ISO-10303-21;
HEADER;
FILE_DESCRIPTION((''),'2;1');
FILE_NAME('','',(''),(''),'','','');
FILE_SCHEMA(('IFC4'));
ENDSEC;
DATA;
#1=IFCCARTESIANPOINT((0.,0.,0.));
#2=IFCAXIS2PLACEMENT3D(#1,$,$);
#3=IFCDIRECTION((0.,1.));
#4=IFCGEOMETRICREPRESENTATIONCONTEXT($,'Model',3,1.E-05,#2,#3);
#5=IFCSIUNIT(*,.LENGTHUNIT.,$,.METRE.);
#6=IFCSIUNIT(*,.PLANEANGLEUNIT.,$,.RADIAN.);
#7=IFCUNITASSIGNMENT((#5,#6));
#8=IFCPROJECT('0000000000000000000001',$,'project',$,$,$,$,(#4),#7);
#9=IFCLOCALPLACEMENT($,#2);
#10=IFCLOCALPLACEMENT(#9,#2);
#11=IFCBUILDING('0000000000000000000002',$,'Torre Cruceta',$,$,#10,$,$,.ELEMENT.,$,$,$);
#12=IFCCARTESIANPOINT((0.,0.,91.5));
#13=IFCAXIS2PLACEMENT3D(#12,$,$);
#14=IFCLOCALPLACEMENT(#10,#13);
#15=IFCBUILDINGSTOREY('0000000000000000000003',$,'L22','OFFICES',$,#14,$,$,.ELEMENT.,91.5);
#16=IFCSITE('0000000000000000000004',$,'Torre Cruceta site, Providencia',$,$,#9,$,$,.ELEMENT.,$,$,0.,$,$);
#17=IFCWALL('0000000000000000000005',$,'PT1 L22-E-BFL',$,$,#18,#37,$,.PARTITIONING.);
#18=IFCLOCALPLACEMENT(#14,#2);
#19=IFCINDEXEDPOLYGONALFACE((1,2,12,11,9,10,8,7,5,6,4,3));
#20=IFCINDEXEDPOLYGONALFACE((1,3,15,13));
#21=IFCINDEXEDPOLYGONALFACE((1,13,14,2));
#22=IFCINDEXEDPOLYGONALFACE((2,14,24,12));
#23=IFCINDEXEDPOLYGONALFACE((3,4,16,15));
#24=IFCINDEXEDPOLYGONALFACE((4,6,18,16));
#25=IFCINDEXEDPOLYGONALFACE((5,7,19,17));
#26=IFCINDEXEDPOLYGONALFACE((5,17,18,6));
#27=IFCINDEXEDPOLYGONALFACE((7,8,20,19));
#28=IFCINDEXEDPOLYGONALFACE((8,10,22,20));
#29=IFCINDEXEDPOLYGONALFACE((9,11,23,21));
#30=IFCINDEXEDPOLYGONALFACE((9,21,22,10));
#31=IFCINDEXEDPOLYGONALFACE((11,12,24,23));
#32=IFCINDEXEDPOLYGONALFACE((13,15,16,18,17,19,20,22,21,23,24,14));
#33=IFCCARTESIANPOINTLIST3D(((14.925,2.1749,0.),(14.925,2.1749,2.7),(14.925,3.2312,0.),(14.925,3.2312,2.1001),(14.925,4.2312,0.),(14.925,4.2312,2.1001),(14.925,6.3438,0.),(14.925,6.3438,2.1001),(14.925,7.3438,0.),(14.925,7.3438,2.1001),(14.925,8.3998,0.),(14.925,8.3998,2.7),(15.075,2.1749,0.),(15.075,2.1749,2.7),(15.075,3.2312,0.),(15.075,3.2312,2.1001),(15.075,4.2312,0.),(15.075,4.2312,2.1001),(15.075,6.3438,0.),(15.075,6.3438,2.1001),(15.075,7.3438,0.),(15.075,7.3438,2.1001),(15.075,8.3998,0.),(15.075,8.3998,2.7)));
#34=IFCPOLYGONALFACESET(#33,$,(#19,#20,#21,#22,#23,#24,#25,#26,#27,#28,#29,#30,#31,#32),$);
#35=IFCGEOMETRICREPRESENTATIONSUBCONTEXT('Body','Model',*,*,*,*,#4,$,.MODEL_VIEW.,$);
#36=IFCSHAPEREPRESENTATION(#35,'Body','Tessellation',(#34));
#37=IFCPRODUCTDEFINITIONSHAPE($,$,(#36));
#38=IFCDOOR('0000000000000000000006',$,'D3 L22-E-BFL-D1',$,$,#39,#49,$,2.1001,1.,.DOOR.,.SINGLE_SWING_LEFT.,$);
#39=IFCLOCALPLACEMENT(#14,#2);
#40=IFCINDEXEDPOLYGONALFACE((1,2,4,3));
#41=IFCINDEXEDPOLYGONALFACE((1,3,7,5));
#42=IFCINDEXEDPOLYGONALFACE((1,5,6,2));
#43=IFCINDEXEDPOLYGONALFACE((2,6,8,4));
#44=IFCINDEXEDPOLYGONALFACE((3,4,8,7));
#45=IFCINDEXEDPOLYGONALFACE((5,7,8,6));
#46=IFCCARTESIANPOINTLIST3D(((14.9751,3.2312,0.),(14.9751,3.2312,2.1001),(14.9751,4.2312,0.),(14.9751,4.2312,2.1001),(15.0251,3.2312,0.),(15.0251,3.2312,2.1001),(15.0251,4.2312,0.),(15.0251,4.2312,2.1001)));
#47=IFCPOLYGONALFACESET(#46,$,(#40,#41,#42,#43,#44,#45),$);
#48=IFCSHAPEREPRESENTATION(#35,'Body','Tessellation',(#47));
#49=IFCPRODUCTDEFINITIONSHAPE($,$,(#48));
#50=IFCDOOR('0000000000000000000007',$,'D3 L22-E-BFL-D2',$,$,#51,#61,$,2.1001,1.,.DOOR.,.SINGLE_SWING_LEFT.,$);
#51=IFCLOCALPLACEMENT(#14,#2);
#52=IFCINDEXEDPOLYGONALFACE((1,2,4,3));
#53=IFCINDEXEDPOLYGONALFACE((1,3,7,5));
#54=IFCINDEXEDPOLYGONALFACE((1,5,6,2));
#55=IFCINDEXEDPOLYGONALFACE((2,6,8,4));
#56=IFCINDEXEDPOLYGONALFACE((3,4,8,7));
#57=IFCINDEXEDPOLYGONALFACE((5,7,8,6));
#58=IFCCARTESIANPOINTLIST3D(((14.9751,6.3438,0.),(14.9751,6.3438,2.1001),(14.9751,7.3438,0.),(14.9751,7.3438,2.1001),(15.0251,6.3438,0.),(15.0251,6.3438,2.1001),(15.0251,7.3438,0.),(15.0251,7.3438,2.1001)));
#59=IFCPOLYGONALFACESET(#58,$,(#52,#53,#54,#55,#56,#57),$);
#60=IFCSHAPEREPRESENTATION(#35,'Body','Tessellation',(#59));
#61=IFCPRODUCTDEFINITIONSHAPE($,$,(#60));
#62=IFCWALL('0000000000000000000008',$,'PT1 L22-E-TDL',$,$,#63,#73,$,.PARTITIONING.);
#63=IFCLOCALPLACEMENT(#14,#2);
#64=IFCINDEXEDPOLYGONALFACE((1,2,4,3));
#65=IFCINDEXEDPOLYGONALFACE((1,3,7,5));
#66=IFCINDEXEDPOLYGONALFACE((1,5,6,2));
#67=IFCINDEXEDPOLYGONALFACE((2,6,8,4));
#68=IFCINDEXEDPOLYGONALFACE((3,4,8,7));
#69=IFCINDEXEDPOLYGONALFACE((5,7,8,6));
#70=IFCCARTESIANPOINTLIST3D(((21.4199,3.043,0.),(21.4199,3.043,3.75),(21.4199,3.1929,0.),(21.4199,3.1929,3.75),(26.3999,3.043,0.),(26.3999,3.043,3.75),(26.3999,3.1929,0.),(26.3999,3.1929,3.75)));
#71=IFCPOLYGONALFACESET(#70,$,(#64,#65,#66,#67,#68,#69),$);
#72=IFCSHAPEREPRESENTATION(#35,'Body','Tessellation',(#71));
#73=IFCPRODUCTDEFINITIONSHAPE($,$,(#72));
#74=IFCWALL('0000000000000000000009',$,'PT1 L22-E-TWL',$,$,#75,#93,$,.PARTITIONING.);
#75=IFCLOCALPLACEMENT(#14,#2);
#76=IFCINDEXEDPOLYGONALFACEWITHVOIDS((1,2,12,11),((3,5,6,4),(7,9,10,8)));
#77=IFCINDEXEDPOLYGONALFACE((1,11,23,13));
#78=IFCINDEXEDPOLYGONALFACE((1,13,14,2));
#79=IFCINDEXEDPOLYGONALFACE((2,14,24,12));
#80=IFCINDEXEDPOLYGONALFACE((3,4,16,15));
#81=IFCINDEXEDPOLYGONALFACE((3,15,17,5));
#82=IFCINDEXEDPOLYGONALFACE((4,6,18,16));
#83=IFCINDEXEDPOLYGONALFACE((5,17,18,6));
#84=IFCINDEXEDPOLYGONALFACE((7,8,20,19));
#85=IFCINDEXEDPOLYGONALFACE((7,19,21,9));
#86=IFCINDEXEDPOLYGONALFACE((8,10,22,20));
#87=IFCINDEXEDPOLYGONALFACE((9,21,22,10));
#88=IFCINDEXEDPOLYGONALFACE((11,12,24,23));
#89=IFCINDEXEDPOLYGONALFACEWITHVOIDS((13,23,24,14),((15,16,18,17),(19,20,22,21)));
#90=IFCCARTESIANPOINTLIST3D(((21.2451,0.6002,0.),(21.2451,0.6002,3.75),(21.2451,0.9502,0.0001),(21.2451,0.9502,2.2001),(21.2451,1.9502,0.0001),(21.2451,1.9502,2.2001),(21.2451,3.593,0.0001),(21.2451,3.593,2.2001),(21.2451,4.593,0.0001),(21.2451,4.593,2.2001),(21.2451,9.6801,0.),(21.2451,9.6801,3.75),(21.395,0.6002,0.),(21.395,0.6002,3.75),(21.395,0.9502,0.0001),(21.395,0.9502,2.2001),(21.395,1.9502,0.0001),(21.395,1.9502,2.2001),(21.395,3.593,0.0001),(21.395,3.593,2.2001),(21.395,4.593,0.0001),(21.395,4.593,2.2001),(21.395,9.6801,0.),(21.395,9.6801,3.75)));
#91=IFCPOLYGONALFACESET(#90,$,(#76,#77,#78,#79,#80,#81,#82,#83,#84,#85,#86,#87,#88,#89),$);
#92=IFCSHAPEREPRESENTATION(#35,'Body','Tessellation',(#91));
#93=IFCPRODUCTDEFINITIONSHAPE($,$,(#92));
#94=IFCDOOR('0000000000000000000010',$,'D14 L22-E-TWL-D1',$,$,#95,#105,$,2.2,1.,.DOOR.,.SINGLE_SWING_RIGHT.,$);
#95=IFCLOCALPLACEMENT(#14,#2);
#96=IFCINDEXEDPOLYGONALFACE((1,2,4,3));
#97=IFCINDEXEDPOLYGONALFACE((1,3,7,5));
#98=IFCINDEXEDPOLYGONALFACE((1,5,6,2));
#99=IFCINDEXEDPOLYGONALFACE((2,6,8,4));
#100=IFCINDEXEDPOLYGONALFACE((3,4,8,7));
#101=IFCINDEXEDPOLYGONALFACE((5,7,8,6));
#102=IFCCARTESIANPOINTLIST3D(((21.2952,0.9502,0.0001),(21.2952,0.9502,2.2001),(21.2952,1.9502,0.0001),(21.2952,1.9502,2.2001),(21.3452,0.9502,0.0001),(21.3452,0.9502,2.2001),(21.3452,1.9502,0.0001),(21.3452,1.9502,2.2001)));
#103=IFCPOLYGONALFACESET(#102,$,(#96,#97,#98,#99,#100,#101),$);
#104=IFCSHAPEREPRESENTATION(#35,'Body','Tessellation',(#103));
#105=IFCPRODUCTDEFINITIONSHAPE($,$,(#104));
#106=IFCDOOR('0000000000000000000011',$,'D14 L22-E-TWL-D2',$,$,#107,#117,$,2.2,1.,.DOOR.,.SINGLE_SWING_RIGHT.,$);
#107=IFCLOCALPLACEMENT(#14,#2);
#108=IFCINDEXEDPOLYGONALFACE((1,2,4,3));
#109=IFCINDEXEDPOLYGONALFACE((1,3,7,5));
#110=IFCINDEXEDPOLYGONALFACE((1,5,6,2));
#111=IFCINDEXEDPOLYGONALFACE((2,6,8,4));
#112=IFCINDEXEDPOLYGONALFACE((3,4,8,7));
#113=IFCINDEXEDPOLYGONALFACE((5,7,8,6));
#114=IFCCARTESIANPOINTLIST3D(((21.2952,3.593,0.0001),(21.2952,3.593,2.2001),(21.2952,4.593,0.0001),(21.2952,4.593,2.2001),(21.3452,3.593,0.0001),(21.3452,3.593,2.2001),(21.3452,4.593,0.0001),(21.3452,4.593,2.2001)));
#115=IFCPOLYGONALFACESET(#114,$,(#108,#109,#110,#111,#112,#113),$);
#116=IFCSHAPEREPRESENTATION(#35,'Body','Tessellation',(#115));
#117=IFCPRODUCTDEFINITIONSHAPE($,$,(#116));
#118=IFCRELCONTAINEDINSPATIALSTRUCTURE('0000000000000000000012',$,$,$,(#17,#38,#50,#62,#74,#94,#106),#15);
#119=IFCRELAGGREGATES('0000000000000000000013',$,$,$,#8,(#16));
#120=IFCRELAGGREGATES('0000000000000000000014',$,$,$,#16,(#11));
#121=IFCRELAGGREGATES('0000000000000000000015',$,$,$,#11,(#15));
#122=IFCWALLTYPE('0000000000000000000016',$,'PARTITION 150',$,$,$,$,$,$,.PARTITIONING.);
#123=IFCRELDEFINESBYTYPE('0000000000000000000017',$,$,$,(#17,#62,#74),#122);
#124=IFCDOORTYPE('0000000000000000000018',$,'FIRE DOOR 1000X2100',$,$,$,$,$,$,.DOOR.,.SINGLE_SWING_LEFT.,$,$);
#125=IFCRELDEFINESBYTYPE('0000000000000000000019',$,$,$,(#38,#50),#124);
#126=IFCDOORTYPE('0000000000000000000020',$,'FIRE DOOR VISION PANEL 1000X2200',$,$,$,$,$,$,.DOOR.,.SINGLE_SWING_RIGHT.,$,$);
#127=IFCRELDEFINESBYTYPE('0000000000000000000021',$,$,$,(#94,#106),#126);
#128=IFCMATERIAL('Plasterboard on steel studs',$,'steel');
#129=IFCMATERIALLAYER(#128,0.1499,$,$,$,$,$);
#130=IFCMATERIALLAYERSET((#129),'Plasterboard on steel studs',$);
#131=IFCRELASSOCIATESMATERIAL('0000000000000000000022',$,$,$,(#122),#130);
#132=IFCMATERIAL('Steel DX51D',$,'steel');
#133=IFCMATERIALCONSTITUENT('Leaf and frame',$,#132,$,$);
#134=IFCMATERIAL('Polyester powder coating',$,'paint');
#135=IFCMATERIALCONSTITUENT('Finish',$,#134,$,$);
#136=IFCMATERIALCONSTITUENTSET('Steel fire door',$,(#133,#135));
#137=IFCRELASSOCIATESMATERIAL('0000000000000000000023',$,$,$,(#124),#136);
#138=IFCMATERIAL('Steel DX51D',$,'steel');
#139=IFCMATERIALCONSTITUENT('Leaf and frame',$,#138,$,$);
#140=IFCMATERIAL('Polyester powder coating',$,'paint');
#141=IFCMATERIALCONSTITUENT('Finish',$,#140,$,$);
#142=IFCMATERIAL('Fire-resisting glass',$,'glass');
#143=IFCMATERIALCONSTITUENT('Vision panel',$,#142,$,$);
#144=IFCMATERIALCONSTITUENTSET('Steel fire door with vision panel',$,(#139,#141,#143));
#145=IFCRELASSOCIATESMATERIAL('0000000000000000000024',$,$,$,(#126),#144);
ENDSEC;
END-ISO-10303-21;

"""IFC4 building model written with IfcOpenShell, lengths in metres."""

from ifc_helpers import new_model, si_unit, direction, frame, frame_2d, origin, place, context, subcontext, project, spatial, rectangle, extrude, material, layer, layer_set, constituent, constituent_set, type_object, element, fill, save


model = new_model("IFC4")

# Units and contexts
model_context = context("Model", 3, precision=1e-05, world=origin(), true_north=direction((0.0, 1.0)))
body_context = subcontext(model_context, "Body", "Model", "MODEL_VIEW")
ifc_project = project(units=[si_unit("LENGTHUNIT", "METRE"), si_unit("PLANEANGLEUNIT", "RADIAN")], contexts=[model_context])

# Site, building, storey
site_placement = place(None, origin())
site = spatial("IfcSite", under=ifc_project, at=site_placement, Name="Torre Cruceta site, Providencia", CompositionType="ELEMENT", RefElevation=0.0)
building_placement = place(site_placement, origin())
building = spatial("IfcBuilding", under=site, at=building_placement, Name="Torre Cruceta", CompositionType="ELEMENT")
storey_placement = place(building_placement, frame((0.0, 0.0, 91.5)))
storey = spatial("IfcBuildingStorey", under=building, at=storey_placement, Name="L22", Description="OFFICES", CompositionType="ELEMENT", Elevation=91.5)

# Wall, openings, doors
ifc_material_1 = material(Name="Plasterboard on steel studs", Category="steel")
ifc_layer_1 = layer(ifc_material_1, 0.1499)
ifc_layer_set_1 = layer_set([ifc_layer_1], Name="Plasterboard on steel studs")
wall_type_1 = type_object("IfcWallType", Name="PARTITION 150", PredefinedType="PARTITIONING", material=ifc_layer_set_1)
wall_1_placement = place(storey_placement, frame((15.0, 2.175, 0.0), z_axis=(0.0, 0.0, 1.0), x_axis=(0.0, 1.0, 0.0)))
wall_1 = element("IfcWall", 1, at=wall_1_placement, inside=storey, type_object=wall_type_1, Name="PT1 L22-E-BFL", PredefinedType="PARTITIONING", context=body_context, shape_type="SweptSolid", body=[
    extrude(rectangle(XDim=6.2249, YDim=0.1499, at=frame_2d((3.1123, 0.0))), origin(), (0.0, 0.0, 1.0), 2.7),
])
opening_1_placement = place(wall_1_placement, frame((1.0562, 0.0, 0.0)))
opening_1 = element("IfcOpeningElement", 2, at=opening_1_placement, cuts=wall_1, PredefinedType="OPENING", context=body_context, shape_type="SweptSolid", body=[
    extrude(rectangle(XDim=1.0, YDim=2.1001, at=frame_2d((0.5, 1.05))), frame((0.0, 0.085, 0.0), z_axis=(0.0, -1.0, 0.0), x_axis=(1.0, 0.0, 0.0)), (0.0, 0.0, 1.0), 0.1699),
])
opening_2_placement = place(wall_1_placement, frame((4.1687, 0.0, 0.0)))
opening_2 = element("IfcOpeningElement", 3, at=opening_2_placement, cuts=wall_1, PredefinedType="OPENING", context=body_context, shape_type="SweptSolid", body=[
    extrude(rectangle(XDim=1.0, YDim=2.1001, at=frame_2d((0.5, 1.05))), frame((0.0, 0.085, 0.0), z_axis=(0.0, -1.0, 0.0), x_axis=(1.0, 0.0, 0.0)), (0.0, 0.0, 1.0), 0.1699),
])
ifc_material_2 = material(Name="Steel DX51D", Category="steel")
ifc_constituent_1 = constituent(ifc_material_2, Name="Leaf and frame")
ifc_material_3 = material(Name="Polyester powder coating", Category="paint")
ifc_constituent_2 = constituent(ifc_material_3, Name="Finish")
ifc_constituent_set_1 = constituent_set(constituents=[ifc_constituent_1, ifc_constituent_2], Name="Steel fire door")
door_type_1 = type_object("IfcDoorType", Name="FIRE DOOR 1000X2100", OperationType="SINGLE_SWING_LEFT", PredefinedType="DOOR", material=ifc_constituent_set_1)
door_1_placement = place(opening_1_placement, origin())
door_1 = element("IfcDoor", 4, at=door_1_placement, inside=storey, type_object=door_type_1, Name="D3 L22-E-BFL-D1", OperationType="SINGLE_SWING_LEFT", OverallHeight=2.1001, OverallWidth=1.0, PredefinedType="DOOR", context=body_context, shape_type="SweptSolid", body=[
    extrude(rectangle(XDim=1.0, YDim=2.1001, at=frame_2d((0.5, 1.05))), frame((0.0, 0.0249, 0.0), z_axis=(0.0, -1.0, 0.0), x_axis=(1.0, 0.0, 0.0)), (0.0, 0.0, 1.0), 0.05),
])
fill(opening_1, door_1)
door_2_placement = place(opening_2_placement, origin())
door_2 = element("IfcDoor", 5, at=door_2_placement, inside=storey, type_object=door_type_1, Name="D3 L22-E-BFL-D2", OperationType="SINGLE_SWING_LEFT", OverallHeight=2.1001, OverallWidth=1.0, PredefinedType="DOOR", context=body_context, shape_type="SweptSolid", body=[
    extrude(rectangle(XDim=1.0, YDim=2.1001, at=frame_2d((0.5, 1.05))), frame((0.0, 0.0249, 0.0), z_axis=(0.0, -1.0, 0.0), x_axis=(1.0, 0.0, 0.0)), (0.0, 0.0, 1.0), 0.05),
])
fill(opening_2, door_2)

# Wall
wall_2_placement = place(storey_placement, frame((21.4199, 3.1179, 0.0), z_axis=(0.0, 0.0, 1.0), x_axis=(1.0, 0.0, 0.0)))
element("IfcWall", 6, at=wall_2_placement, inside=storey, type_object=wall_type_1, Name="PT1 L22-E-TDL", PredefinedType="PARTITIONING", context=body_context, shape_type="SweptSolid", body=[
    extrude(rectangle(XDim=4.98, YDim=0.1499, at=frame_2d((2.49, 0.0))), origin(), (0.0, 0.0, 1.0), 3.75),
])

# Wall, openings, doors
wall_3_placement = place(storey_placement, frame((21.3201, 0.6001, 0.0), z_axis=(0.0, 0.0, 1.0), x_axis=(0.0, 1.0, 0.0)))
wall_3 = element("IfcWall", 7, at=wall_3_placement, inside=storey, type_object=wall_type_1, Name="PT1 L22-E-TWL", PredefinedType="PARTITIONING", context=body_context, shape_type="SweptSolid", body=[
    extrude(rectangle(XDim=9.0798, YDim=0.1499, at=frame_2d((4.54, 0.0))), origin(), (0.0, 0.0, 1.0), 3.75),
])
opening_3_placement = place(wall_3_placement, frame((0.3501, 0.0, 0.0)))
opening_3 = element("IfcOpeningElement", 8, at=opening_3_placement, cuts=wall_3, PredefinedType="OPENING", context=body_context, shape_type="SweptSolid", body=[
    extrude(rectangle(XDim=1.0, YDim=2.2, at=frame_2d((0.5, 1.1001))), frame((0.0, 0.085, 0.0), z_axis=(0.0, -1.0, 0.0), x_axis=(1.0, 0.0, 0.0)), (0.0, 0.0, 1.0), 0.1699),
])
opening_4_placement = place(wall_3_placement, frame((2.9929, 0.0, 0.0)))
opening_4 = element("IfcOpeningElement", 9, at=opening_4_placement, cuts=wall_3, PredefinedType="OPENING", context=body_context, shape_type="SweptSolid", body=[
    extrude(rectangle(XDim=1.0, YDim=2.2, at=frame_2d((0.5, 1.1001))), frame((0.0, 0.085, 0.0), z_axis=(0.0, -1.0, 0.0), x_axis=(1.0, 0.0, 0.0)), (0.0, 0.0, 1.0), 0.1699),
])
ifc_material_4 = material(Name="Steel DX51D", Category="steel")
ifc_constituent_3 = constituent(ifc_material_4, Name="Leaf and frame")
ifc_material_5 = material(Name="Polyester powder coating", Category="paint")
ifc_constituent_4 = constituent(ifc_material_5, Name="Finish")
ifc_material_6 = material(Name="Fire-resisting glass", Category="glass")
ifc_constituent_5 = constituent(ifc_material_6, Name="Vision panel")
ifc_constituent_set_2 = constituent_set(constituents=[ifc_constituent_3, ifc_constituent_4, ifc_constituent_5], Name="Steel fire door with vision panel")
door_type_2 = type_object("IfcDoorType", Name="FIRE DOOR VISION PANEL 1000X2200", OperationType="SINGLE_SWING_RIGHT", PredefinedType="DOOR", material=ifc_constituent_set_2)
door_3_placement = place(opening_3_placement, frame((1.0, 0.0, 0.0), z_axis=(0.0, 0.0, 1.0), x_axis=(-1.0, 0.0, 0.0)))
door_3 = element("IfcDoor", 10, at=door_3_placement, inside=storey, type_object=door_type_2, Name="D14 L22-E-TWL-D1", OperationType="SINGLE_SWING_RIGHT", OverallHeight=2.2, OverallWidth=1.0, PredefinedType="DOOR", context=body_context, shape_type="SweptSolid", body=[
    extrude(rectangle(XDim=1.0, YDim=2.2, at=frame_2d((0.5, 1.1001))), frame((0.0, 0.0251, 0.0), z_axis=(0.0, -1.0, 0.0), x_axis=(1.0, 0.0, 0.0)), (0.0, 0.0, 1.0), 0.05),
])
fill(opening_3, door_3)
door_4_placement = place(opening_4_placement, frame((1.0, 0.0, 0.0), z_axis=(0.0, 0.0, 1.0), x_axis=(-1.0, 0.0, 0.0)))
door_4 = element("IfcDoor", 11, at=door_4_placement, inside=storey, type_object=door_type_2, Name="D14 L22-E-TWL-D2", OperationType="SINGLE_SWING_RIGHT", OverallHeight=2.2, OverallWidth=1.0, PredefinedType="DOOR", context=body_context, shape_type="SweptSolid", body=[
    extrude(rectangle(XDim=1.0, YDim=2.2, at=frame_2d((0.5, 1.1001))), frame((0.0, 0.0251, 0.0), z_axis=(0.0, -1.0, 0.0), x_axis=(1.0, 0.0, 0.0)), (0.0, 0.0, 1.0), 0.05),
])
fill(opening_4, door_4)

save(model, "model.ifc")
